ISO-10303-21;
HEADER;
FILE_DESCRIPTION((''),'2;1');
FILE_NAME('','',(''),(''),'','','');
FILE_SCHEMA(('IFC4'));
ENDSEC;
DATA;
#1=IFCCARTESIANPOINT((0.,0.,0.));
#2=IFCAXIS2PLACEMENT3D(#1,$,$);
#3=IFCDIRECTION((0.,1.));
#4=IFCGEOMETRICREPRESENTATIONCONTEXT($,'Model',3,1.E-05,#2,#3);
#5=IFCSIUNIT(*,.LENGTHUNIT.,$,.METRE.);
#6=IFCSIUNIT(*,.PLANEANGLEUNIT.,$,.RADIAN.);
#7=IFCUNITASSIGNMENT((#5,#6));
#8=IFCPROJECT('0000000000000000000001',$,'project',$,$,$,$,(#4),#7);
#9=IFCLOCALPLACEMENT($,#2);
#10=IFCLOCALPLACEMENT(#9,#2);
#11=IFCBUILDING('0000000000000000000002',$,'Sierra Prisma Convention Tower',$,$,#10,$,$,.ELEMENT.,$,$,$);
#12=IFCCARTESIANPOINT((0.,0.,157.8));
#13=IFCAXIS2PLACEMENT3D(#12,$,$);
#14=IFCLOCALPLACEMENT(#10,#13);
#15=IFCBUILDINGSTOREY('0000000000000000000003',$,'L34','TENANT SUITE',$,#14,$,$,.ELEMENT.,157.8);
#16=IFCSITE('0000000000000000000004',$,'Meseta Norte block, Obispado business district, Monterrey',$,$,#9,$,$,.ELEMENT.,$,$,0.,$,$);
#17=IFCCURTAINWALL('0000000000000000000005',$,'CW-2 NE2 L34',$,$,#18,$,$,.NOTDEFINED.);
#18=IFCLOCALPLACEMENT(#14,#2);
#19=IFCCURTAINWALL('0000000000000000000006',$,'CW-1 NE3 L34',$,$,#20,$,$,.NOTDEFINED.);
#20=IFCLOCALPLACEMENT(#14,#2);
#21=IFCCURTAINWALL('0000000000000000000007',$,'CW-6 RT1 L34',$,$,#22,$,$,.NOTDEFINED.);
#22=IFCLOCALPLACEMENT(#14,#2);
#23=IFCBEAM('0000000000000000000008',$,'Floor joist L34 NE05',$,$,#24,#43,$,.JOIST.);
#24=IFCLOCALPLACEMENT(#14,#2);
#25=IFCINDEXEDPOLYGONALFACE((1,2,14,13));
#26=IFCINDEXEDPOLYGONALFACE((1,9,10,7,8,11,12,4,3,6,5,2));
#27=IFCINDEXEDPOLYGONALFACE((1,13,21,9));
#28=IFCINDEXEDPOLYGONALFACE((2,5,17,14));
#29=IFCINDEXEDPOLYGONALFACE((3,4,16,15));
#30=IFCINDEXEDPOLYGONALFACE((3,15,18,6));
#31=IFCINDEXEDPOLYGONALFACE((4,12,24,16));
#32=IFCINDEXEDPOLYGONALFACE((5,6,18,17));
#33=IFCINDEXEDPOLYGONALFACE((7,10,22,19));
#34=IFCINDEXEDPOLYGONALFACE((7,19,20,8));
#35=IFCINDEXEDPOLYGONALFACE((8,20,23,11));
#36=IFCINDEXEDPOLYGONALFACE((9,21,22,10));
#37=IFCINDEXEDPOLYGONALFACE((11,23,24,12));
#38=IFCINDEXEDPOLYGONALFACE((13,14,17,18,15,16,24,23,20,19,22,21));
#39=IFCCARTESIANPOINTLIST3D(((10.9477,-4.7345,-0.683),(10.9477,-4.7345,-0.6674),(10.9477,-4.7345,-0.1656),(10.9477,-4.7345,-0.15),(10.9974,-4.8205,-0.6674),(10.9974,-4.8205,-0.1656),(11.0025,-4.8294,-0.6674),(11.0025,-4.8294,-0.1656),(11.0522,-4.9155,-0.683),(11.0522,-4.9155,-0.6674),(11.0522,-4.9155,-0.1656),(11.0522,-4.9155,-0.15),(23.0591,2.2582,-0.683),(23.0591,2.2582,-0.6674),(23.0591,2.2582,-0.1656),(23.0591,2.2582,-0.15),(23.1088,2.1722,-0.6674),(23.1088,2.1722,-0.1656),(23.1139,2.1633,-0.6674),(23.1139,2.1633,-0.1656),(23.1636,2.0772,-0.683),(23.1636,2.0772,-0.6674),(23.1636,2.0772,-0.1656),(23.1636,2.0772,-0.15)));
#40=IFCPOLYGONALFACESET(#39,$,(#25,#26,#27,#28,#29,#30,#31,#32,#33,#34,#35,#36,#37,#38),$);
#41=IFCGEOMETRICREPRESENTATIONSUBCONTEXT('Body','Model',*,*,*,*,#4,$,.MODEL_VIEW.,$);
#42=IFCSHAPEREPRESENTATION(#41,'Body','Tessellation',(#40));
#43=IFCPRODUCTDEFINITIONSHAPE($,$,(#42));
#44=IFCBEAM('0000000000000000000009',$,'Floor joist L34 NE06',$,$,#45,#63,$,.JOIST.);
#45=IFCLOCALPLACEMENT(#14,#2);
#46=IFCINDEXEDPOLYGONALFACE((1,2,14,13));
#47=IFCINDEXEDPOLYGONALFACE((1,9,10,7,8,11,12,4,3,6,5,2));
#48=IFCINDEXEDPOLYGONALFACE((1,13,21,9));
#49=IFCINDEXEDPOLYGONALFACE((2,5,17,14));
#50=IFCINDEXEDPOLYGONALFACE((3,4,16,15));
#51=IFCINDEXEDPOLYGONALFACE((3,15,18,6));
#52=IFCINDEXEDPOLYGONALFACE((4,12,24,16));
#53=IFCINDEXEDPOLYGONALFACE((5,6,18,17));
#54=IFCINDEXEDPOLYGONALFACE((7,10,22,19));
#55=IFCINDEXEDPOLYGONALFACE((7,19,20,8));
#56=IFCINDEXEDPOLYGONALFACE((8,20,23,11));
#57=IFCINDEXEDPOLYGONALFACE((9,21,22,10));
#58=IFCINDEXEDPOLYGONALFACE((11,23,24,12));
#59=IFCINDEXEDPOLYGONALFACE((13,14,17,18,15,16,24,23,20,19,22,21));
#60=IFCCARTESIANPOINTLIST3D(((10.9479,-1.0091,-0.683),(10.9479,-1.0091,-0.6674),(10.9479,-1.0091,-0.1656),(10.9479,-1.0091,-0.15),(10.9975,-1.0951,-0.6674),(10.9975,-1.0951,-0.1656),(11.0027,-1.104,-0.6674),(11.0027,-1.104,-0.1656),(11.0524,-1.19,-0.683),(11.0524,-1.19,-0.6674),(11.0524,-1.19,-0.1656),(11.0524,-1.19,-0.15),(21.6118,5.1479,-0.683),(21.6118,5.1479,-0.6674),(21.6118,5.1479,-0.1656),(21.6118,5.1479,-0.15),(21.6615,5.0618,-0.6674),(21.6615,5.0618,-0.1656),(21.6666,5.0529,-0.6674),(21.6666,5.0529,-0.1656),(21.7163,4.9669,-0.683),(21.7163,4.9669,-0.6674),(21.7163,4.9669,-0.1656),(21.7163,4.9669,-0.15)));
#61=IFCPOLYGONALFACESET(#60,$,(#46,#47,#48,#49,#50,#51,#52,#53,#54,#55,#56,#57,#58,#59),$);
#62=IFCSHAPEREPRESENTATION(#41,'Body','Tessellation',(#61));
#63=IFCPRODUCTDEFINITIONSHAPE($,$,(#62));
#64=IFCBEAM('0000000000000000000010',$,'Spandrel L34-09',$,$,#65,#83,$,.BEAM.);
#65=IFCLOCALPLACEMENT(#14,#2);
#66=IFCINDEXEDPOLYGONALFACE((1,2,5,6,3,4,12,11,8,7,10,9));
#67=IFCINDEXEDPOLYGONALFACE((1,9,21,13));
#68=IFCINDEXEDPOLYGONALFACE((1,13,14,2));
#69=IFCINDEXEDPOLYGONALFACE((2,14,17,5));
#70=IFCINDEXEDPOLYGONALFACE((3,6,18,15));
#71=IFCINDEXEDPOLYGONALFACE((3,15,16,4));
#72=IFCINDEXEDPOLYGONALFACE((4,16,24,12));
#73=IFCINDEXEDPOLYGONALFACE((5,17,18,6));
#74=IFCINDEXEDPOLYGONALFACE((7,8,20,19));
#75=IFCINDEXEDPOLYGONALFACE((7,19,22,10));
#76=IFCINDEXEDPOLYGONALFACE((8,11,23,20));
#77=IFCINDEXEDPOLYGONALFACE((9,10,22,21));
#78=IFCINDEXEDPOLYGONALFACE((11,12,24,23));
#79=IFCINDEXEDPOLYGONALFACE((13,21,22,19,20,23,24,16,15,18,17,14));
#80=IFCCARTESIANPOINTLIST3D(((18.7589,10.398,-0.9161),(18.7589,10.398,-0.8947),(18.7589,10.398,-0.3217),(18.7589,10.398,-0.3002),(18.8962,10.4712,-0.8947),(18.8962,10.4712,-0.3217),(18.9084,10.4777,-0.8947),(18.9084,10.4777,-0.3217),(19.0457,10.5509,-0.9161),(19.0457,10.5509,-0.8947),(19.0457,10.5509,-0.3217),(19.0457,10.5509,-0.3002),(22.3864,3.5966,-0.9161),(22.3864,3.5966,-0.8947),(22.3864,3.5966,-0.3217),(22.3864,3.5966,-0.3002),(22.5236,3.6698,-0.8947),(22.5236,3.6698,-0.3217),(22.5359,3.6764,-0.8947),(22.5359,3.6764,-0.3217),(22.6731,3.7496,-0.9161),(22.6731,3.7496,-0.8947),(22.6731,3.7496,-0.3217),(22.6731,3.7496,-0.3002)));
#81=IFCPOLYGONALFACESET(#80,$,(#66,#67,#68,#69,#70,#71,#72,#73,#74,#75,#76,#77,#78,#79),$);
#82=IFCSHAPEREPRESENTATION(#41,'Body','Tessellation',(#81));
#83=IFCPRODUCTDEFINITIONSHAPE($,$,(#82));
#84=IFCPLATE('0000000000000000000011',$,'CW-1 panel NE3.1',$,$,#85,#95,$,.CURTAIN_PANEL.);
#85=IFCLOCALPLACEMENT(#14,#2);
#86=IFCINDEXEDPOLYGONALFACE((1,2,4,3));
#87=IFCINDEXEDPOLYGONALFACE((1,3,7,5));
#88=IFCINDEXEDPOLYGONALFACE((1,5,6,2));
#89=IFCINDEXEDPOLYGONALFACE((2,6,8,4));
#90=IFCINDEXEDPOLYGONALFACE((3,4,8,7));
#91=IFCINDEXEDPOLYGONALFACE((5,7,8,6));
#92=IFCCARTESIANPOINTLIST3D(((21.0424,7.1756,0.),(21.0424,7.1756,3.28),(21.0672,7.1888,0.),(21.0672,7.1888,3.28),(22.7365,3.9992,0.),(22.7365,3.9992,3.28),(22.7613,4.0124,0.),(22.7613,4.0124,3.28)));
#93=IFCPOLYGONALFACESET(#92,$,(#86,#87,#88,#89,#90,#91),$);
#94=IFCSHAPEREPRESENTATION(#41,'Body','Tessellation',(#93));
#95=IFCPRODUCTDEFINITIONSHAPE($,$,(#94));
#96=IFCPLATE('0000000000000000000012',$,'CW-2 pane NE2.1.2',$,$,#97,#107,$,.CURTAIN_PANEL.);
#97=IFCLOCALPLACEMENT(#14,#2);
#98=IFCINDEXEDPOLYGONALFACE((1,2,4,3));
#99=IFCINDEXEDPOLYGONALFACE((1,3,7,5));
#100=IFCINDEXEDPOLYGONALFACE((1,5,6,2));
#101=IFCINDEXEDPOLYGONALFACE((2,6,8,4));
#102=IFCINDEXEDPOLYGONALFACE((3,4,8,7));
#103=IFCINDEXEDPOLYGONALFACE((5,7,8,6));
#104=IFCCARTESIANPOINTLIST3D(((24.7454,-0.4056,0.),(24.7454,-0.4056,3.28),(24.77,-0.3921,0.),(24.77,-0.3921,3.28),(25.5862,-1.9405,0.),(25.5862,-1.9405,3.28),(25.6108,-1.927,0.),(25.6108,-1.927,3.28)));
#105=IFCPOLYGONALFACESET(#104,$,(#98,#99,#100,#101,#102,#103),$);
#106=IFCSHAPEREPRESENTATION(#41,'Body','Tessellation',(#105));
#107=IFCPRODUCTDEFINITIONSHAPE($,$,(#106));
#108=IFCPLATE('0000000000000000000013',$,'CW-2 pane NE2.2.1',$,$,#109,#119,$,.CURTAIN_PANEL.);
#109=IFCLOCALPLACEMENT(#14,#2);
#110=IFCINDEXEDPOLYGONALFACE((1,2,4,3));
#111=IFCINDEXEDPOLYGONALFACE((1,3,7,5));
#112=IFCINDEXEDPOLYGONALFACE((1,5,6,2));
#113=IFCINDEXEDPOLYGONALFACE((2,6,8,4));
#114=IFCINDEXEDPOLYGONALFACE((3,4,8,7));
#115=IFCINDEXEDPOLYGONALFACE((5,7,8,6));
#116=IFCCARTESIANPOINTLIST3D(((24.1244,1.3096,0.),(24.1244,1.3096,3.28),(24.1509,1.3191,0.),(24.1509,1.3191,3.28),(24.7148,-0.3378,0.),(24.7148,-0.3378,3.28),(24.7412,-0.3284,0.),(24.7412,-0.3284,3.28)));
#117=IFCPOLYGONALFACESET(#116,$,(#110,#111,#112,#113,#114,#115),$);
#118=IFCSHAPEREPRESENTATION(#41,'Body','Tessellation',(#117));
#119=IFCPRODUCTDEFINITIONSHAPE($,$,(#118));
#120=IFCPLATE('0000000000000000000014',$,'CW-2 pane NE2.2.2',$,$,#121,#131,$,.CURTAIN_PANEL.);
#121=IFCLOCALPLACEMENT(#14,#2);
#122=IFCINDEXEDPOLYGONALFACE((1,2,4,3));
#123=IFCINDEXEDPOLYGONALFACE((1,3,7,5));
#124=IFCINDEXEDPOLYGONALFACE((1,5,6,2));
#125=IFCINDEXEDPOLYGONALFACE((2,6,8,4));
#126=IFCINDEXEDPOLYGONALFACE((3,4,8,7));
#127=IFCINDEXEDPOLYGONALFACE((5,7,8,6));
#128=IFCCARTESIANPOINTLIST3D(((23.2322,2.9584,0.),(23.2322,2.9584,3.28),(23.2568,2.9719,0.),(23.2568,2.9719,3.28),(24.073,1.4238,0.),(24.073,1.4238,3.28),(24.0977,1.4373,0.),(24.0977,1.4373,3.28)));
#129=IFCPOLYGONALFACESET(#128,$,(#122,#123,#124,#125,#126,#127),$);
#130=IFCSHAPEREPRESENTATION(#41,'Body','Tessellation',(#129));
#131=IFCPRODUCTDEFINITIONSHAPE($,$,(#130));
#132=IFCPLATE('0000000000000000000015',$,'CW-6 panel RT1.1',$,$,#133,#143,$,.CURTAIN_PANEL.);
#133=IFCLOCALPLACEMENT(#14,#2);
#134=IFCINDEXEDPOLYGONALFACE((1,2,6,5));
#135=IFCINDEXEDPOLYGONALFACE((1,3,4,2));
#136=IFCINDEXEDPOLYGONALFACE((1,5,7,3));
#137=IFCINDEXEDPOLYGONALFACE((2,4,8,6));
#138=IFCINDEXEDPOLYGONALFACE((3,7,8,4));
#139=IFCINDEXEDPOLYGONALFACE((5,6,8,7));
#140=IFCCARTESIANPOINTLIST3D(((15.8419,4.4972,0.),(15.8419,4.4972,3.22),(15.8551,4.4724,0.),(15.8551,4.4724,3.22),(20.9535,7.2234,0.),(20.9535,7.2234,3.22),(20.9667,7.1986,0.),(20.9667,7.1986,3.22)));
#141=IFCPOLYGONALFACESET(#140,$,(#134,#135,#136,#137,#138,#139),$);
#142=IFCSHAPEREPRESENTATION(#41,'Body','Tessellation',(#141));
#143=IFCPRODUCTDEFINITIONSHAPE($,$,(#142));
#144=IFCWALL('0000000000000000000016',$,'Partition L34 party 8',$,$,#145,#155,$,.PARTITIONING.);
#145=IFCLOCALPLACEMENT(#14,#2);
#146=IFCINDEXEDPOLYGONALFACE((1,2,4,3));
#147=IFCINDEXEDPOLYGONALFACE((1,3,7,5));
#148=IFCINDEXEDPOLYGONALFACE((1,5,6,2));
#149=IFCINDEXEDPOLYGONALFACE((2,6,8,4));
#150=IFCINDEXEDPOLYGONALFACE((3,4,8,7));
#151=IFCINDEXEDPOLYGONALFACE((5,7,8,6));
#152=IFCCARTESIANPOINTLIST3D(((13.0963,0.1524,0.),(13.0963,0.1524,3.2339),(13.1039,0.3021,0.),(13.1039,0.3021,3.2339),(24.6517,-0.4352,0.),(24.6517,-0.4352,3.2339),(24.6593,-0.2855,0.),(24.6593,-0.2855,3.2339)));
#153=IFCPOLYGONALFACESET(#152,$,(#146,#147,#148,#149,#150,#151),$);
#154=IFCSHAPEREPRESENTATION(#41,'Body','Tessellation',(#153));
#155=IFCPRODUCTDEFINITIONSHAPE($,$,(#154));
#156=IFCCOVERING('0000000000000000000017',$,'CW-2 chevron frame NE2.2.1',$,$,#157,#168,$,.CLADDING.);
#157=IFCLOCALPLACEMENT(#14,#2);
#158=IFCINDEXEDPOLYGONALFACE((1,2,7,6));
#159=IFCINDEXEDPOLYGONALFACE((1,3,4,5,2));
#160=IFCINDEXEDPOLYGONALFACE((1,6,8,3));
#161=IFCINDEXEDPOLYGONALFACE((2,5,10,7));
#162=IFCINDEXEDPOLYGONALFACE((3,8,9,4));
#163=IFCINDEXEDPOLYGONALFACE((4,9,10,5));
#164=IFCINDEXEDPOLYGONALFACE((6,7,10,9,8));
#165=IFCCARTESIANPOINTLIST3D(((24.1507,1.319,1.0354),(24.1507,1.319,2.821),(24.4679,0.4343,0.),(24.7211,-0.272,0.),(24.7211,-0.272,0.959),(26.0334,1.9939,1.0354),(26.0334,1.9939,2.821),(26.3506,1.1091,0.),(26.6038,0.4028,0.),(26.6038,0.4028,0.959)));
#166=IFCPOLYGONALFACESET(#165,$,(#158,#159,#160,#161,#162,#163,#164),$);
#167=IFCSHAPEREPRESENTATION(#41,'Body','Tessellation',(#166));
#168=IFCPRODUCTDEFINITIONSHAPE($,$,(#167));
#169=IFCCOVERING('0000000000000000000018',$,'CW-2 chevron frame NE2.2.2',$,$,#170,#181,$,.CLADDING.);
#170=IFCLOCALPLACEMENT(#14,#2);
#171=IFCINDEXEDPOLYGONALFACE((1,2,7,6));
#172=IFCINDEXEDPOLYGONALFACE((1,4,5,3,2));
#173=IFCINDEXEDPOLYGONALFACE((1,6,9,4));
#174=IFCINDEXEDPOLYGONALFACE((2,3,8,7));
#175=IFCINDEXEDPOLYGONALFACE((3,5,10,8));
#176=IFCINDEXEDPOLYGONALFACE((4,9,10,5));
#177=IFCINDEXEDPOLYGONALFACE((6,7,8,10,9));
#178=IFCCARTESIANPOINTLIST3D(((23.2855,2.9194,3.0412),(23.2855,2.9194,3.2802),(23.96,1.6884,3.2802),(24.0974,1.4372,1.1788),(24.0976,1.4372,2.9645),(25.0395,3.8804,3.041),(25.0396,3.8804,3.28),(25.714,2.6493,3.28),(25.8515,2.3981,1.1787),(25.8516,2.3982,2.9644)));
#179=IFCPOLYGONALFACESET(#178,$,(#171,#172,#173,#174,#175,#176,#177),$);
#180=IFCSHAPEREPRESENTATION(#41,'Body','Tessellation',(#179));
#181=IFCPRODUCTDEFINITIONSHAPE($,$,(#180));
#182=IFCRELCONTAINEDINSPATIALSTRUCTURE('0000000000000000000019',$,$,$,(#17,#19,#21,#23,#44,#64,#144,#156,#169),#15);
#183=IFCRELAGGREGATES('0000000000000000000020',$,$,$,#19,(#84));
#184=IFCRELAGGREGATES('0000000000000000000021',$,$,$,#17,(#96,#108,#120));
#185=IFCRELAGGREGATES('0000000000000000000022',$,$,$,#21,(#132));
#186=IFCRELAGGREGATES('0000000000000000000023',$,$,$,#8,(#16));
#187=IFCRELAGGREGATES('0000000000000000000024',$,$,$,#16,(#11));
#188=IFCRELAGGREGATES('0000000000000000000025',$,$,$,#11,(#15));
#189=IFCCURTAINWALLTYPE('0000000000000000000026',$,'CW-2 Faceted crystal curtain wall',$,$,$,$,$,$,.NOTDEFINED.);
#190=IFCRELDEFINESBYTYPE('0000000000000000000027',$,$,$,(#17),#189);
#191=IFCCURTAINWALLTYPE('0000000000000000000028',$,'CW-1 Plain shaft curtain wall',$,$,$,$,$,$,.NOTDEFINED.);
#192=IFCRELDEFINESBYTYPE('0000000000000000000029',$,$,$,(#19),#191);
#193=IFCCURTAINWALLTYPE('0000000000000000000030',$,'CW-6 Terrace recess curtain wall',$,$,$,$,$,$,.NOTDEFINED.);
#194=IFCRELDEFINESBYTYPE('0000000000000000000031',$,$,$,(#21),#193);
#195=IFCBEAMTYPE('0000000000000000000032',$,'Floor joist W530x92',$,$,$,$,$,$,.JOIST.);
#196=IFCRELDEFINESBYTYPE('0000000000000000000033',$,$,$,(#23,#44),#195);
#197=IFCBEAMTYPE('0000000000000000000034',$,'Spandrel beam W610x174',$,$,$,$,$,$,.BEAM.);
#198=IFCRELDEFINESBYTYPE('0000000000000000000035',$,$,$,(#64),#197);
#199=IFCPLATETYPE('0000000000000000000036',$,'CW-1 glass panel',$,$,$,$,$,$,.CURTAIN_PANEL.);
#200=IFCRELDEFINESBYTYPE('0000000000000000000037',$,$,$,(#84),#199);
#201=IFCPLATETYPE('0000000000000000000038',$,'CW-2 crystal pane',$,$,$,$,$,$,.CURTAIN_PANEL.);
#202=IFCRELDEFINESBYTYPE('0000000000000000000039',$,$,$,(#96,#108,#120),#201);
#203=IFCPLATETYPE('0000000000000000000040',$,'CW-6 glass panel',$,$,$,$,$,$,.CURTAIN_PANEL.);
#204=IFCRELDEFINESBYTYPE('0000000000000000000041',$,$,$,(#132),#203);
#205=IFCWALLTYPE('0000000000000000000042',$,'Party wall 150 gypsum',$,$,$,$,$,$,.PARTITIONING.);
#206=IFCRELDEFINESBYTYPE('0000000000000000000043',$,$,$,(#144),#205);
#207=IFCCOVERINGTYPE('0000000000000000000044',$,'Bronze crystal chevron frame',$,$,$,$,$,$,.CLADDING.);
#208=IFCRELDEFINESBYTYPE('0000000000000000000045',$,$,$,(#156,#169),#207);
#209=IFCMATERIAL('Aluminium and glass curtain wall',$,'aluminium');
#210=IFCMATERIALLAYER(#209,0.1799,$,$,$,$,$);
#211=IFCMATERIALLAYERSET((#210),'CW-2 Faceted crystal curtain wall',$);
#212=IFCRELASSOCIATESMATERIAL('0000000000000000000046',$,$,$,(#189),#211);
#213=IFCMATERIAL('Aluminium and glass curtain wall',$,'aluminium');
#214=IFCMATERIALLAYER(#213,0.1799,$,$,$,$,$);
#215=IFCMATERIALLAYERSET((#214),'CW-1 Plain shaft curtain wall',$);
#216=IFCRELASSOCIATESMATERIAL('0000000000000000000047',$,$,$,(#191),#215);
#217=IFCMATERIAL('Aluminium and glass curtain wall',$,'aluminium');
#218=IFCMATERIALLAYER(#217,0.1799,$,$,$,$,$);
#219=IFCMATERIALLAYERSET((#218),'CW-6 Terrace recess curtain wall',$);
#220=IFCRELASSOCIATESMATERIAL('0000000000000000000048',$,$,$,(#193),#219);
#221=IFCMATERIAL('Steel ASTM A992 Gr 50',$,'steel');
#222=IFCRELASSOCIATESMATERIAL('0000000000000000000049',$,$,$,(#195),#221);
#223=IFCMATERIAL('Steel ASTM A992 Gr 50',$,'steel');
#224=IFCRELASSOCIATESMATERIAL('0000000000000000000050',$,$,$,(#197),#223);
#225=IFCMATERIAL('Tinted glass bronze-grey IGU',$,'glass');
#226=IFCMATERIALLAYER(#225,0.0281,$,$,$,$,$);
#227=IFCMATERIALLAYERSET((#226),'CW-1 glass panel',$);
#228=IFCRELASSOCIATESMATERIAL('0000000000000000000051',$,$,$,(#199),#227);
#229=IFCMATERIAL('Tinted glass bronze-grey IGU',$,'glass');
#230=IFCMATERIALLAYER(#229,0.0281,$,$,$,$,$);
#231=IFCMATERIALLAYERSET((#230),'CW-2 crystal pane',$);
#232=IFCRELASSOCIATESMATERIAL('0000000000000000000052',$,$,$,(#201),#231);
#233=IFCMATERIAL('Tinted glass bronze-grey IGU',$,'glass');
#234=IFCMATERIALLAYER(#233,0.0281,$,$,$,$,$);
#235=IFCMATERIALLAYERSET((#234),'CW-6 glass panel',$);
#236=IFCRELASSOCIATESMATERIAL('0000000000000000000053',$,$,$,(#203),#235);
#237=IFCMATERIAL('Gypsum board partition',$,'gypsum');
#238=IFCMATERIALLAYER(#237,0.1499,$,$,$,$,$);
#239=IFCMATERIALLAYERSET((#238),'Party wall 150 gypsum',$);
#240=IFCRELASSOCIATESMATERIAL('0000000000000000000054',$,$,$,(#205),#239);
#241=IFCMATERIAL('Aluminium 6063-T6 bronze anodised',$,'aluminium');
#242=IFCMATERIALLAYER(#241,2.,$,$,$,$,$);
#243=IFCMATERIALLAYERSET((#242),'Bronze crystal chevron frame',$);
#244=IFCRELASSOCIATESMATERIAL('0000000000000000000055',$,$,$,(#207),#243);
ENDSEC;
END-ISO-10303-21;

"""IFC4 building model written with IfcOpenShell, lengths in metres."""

from ifc_helpers import new_model, si_unit, direction, frame, frame_2d, origin, origin_2d, place, context, subcontext, project, spatial, polyline, rectangle, i_section, outline, extrude, material, layer, layer_set, material_profile, profile_set, type_object, element, aggregate, save


model = new_model("IFC4")

# Units and contexts
model_context = context("Model", 3, precision=1e-05, world=origin(), true_north=direction((0.0, 1.0)))
body_context = subcontext(model_context, "Body", "Model", "MODEL_VIEW")
ifc_project = project(units=[si_unit("LENGTHUNIT", "METRE"), si_unit("PLANEANGLEUNIT", "RADIAN")], contexts=[model_context])

# Site, building, storey
site_placement = place(None, origin())
site = spatial("IfcSite", under=ifc_project, at=site_placement, Name="Meseta Norte block, Obispado business district, Monterrey", CompositionType="ELEMENT", RefElevation=0.0)
building_placement = place(site_placement, origin())
building = spatial("IfcBuilding", under=site, at=building_placement, Name="Sierra Prisma Convention Tower", CompositionType="ELEMENT")
storey_placement = place(building_placement, frame((0.0, 0.0, 157.8)))
storey = spatial("IfcBuildingStorey", under=building, at=storey_placement, Name="L34", Description="TENANT SUITE", CompositionType="ELEMENT", Elevation=157.8)

# Curtain walls
ifc_material_1 = material(Name="Aluminium and glass curtain wall", Category="aluminium")
ifc_layer_1 = layer(ifc_material_1, 0.1799)
ifc_layer_set_1 = layer_set([ifc_layer_1], Name="CW-2 Faceted crystal curtain wall")
curtain_wall_type_1 = type_object("IfcCurtainWallType", Name="CW-2 Faceted crystal curtain wall", PredefinedType="NOTDEFINED", material=ifc_layer_set_1)
curtain_wall_1_placement = place(storey_placement, origin())
curtain_wall_1 = element("IfcCurtainWall", 1, at=curtain_wall_1_placement, inside=storey, type_object=curtain_wall_type_1, Name="CW-2 NE2 L34", PredefinedType="NOTDEFINED")
ifc_material_2 = material(Name="Aluminium and glass curtain wall", Category="aluminium")
ifc_layer_2 = layer(ifc_material_2, 0.1799)
ifc_layer_set_2 = layer_set([ifc_layer_2], Name="CW-1 Plain shaft curtain wall")
curtain_wall_type_2 = type_object("IfcCurtainWallType", Name="CW-1 Plain shaft curtain wall", PredefinedType="NOTDEFINED", material=ifc_layer_set_2)
curtain_wall_2_placement = place(storey_placement, origin())
curtain_wall_2 = element("IfcCurtainWall", 2, at=curtain_wall_2_placement, inside=storey, type_object=curtain_wall_type_2, Name="CW-1 NE3 L34", PredefinedType="NOTDEFINED")

# Shared definitions
ifc_material_3 = material(Name="Aluminium and glass curtain wall", Category="aluminium")
ifc_layer_3 = layer(ifc_material_3, 0.1799)
ifc_layer_set_3 = layer_set([ifc_layer_3], Name="CW-6 Terrace recess curtain wall")
curtain_wall_type_3 = type_object("IfcCurtainWallType", Name="CW-6 Terrace recess curtain wall", PredefinedType="NOTDEFINED", material=ifc_layer_set_3)

# Curtain wall
curtain_wall_3_placement = place(storey_placement, origin())
curtain_wall_3 = element("IfcCurtainWall", 3, at=curtain_wall_3_placement, inside=storey, type_object=curtain_wall_type_3, Name="CW-6 RT1 L34", PredefinedType="NOTDEFINED")

# Beams
ifc_material_4 = material(Name="Steel ASTM A992 Gr 50", Category="steel")
ifc_material_profile_1 = material_profile(ifc_material_4, i_section(OverallWidth=0.209, OverallDepth=0.533, WebThickness=0.0103, FlangeThickness=0.0156, at=origin_2d()), Name="W530x92")
ifc_profile_set_1 = profile_set([ifc_material_profile_1], Name="Steel ASTM A992 Gr 50")
beam_type_1 = type_object("IfcBeamType", Name="Floor joist W530x92", PredefinedType="JOIST", material=ifc_profile_set_1)
beam_1_placement = place(storey_placement, frame((23.1113, 2.1677, -0.4165), z_axis=(-0.866019, -0.500011, 0.0), x_axis=(0.500011, -0.866019, 0.0)))
element("IfcBeam", 4, at=beam_1_placement, inside=storey, type_object=beam_type_1, Name="Floor joist L34 NE05", PredefinedType="JOIST", context=body_context, shape_type="SweptSolid", body=[
    extrude(i_section(OverallWidth=0.209, OverallDepth=0.533, WebThickness=0.0103, FlangeThickness=0.0156, at=origin_2d()), origin(), (0.0, 0.0, 1.0), 13.9851),
])
beam_2_placement = place(storey_placement, frame((21.6641, 5.0574, -0.4165), z_axis=(-0.866022, -0.500005, 0.0), x_axis=(0.500005, -0.866022, 0.0)))
element("IfcBeam", 5, at=beam_2_placement, inside=storey, type_object=beam_type_1, Name="Floor joist L34 NE06", PredefinedType="JOIST", context=body_context, shape_type="SweptSolid", body=[
    extrude(i_section(OverallWidth=0.209, OverallDepth=0.533, WebThickness=0.0103, FlangeThickness=0.0156, at=origin_2d()), origin(), (0.0, 0.0, 1.0), 12.3137),
])
ifc_material_5 = material(Name="Steel ASTM A992 Gr 50", Category="steel")
ifc_material_profile_2 = material_profile(ifc_material_5, i_section(OverallWidth=0.325, OverallDepth=0.616, WebThickness=0.0139, FlangeThickness=0.0215, at=origin_2d()), Name="W610x174")
ifc_profile_set_2 = profile_set([ifc_material_profile_2], Name="Steel ASTM A992 Gr 50")
beam_type_2 = type_object("IfcBeamType", Name="Spandrel beam W610x174", PredefinedType="BEAM", material=ifc_profile_set_2)
beam_3_placement = place(storey_placement, frame((22.5298, 3.6731, -0.6082), z_axis=(-0.470598, 0.882348, 0.0), x_axis=(-0.882348, -0.470598, 0.0)))
element("IfcBeam", 6, at=beam_3_placement, inside=storey, type_object=beam_type_2, Name="Spandrel L34-09", PredefinedType="BEAM", context=body_context, shape_type="SweptSolid", body=[
    extrude(i_section(OverallWidth=0.325, OverallDepth=0.616, WebThickness=0.0139, FlangeThickness=0.0215, at=origin_2d()), origin(), (0.0, 0.0, 1.0), 7.7083),
])

# Plates
ifc_material_6 = material(Name="Tinted glass bronze-grey IGU", Category="glass")
ifc_layer_4 = layer(ifc_material_6, 0.0281)
ifc_layer_set_4 = layer_set([ifc_layer_4], Name="CW-1 glass panel")
plate_type_1 = type_object("IfcPlateType", Name="CW-1 glass panel", PredefinedType="CURTAIN_PANEL", material=ifc_layer_set_4)
plate_1_placement = place(storey_placement, frame((21.9019, 5.594, 0.0), z_axis=(0.0, 0.0, 1.0), x_axis=(-0.470588, 0.882353, 0.0)))
plate_1 = element("IfcPlate", 7, at=plate_1_placement, type_object=plate_type_1, Name="CW-1 panel NE3.1", PredefinedType="CURTAIN_PANEL", context=body_context, shape_type="SweptSolid", body=[
    extrude(rectangle(XDim=3.5999, YDim=0.0281, at=origin_2d()), origin(), (0.0, 0.0, 1.0), 3.28),
])
aggregate(curtain_wall_2, [plate_1])
ifc_material_7 = material(Name="Tinted glass bronze-grey IGU", Category="glass")
ifc_layer_5 = layer(ifc_material_7, 0.0281)
ifc_layer_set_5 = layer_set([ifc_layer_5], Name="CW-2 crystal pane")
plate_type_2 = type_object("IfcPlateType", Name="CW-2 crystal pane", PredefinedType="CURTAIN_PANEL", material=ifc_layer_set_5)
plate_2_placement = place(storey_placement, frame((24.77, -0.3921, 0.0), z_axis=(0.87703, 0.480435, 0.0), x_axis=(0.480435, -0.87703, 0.0)))
plate_2 = element("IfcPlate", 8, at=plate_2_placement, type_object=plate_type_2, Name="CW-2 pane NE2.1.2", PredefinedType="CURTAIN_PANEL", context=body_context, shape_type="SweptSolid", body=[
    extrude(outline(polyline([(0.0, 0.0), (1.7501, 0.0), (1.7501, -3.28), (0.0, -3.28), (0.0, 0.0)])), origin(), (0.0, 0.0, -1.0), 0.0281),
])
plate_3_placement = place(storey_placement, frame((24.7412, -0.3284, 0.0), z_axis=(0.941388, 0.337326, 0.0), x_axis=(-0.337326, 0.941388, 0.0)))
plate_3 = element("IfcPlate", 9, at=plate_3_placement, type_object=plate_type_2, Name="CW-2 pane NE2.2.1", PredefinedType="CURTAIN_PANEL", context=body_context, shape_type="SweptSolid", body=[
    extrude(outline(polyline([(0.0, 0.0), (1.75, 0.0), (1.75, 3.28), (0.0, 3.28), (0.0, 0.0)])), origin(), (0.0, 0.0, -1.0), 0.0281),
])
plate_4_placement = place(storey_placement, frame((23.2568, 2.9719, 0.0), z_axis=(0.876998, 0.480493, 0.0), x_axis=(0.480493, -0.876998, 0.0)))
plate_4 = element("IfcPlate", 10, at=plate_4_placement, type_object=plate_type_2, Name="CW-2 pane NE2.2.2", PredefinedType="CURTAIN_PANEL", context=body_context, shape_type="SweptSolid", body=[
    extrude(outline(polyline([(0.0, 0.0), (1.7499, 0.0), (1.7499, -3.28), (0.0, -3.28), (0.0, 0.0)])), origin(), (0.0, 0.0, -1.0), 0.0281),
])
aggregate(curtain_wall_1, [plate_2, plate_3, plate_4])
ifc_material_8 = material(Name="Tinted glass bronze-grey IGU", Category="glass")
ifc_layer_6 = layer(ifc_material_8, 0.0281)
ifc_layer_set_6 = layer_set([ifc_layer_6], Name="CW-6 glass panel")
plate_type_3 = type_object("IfcPlateType", Name="CW-6 glass panel", PredefinedType="CURTAIN_PANEL", material=ifc_layer_set_6)
plate_5_placement = place(storey_placement, frame((18.4043, 5.8479, 0.0), z_axis=(0.0, 0.0, 1.0), x_axis=(-0.882353, -0.470588, 0.0)))
plate_5 = element("IfcPlate", 11, at=plate_5_placement, type_object=plate_type_3, Name="CW-6 panel RT1.1", PredefinedType="CURTAIN_PANEL", context=body_context, shape_type="SweptSolid", body=[
    extrude(rectangle(XDim=5.7932, YDim=0.0281, at=origin_2d()), origin(), (0.0, 0.0, 1.0), 3.22),
])
aggregate(curtain_wall_3, [plate_5])

# Wall
ifc_material_9 = material(Name="Gypsum board partition", Category="gypsum")
ifc_layer_7 = layer(ifc_material_9, 0.1499)
ifc_layer_set_7 = layer_set([ifc_layer_7], Name="Party wall 150 gypsum")
wall_type = type_object("IfcWallType", Name="Party wall 150 gypsum", PredefinedType="PARTITIONING", material=ifc_layer_set_7)
wall_placement = place(storey_placement, frame((24.6555, -0.3604, 0.0), z_axis=(0.0, 0.0, 1.0), x_axis=(-0.998709, 0.050789, 0.0)))
element("IfcWall", 12, at=wall_placement, inside=storey, type_object=wall_type, Name="Partition L34 party 8", PredefinedType="PARTITIONING", context=body_context, shape_type="SweptSolid", body=[
    extrude(rectangle(XDim=11.5703, YDim=0.1499, at=frame_2d((5.7852, 0.0))), origin(), (0.0, 0.0, 1.0), 3.2339),
])

# Coverings
ifc_material_10 = material(Name="Aluminium 6063-T6 bronze anodised", Category="aluminium")
ifc_layer_8 = layer(ifc_material_10, 2.0)
ifc_layer_set_8 = layer_set([ifc_layer_8], Name="Bronze crystal chevron frame")
covering_type = type_object("IfcCoveringType", Name="Bronze crystal chevron frame", PredefinedType="CLADDING", material=ifc_layer_set_8)
covering_1_placement = place(storey_placement, frame((26.6038, 0.4028, 0.0), z_axis=(0.941352, 0.337426, -0.000001), x_axis=(-0.337426, 0.941352, 0.0)))
element("IfcCovering", 13, at=covering_1_placement, inside=storey, type_object=covering_type, Name="CW-2 chevron frame NE2.2.1", PredefinedType="CLADDING", context=body_context, shape_type="SweptSolid", body=[
    extrude(outline(polyline([(0.0, 0.0), (0.7503, 0.0), (1.6902, 1.0354), (1.6902, 2.821), (0.0, 0.959), (0.0, 0.0)])), origin(), (0.0, 0.0, -1.0), 2.0),
])
covering_2_placement = place(storey_placement, frame((25.0396, 3.8804, 3.28), z_axis=(0.877005, 0.480482, -0.000069), x_axis=(0.480482, -0.877005, 0.0)))
element("IfcCovering", 14, at=covering_2_placement, inside=storey, type_object=covering_type, Name="CW-2 chevron frame NE2.2.2", PredefinedType="CLADDING", context=body_context, shape_type="SweptSolid", body=[
    extrude(outline(polyline([(0.0, 0.0), (1.4037, 0.0), (1.69, 0.3157), (1.69, 2.1013), (0.0, 0.239), (0.0, 0.0)])), origin(), (0.0, 0.0, -1.0), 2.0),
])

save(model, "model.ifc")
